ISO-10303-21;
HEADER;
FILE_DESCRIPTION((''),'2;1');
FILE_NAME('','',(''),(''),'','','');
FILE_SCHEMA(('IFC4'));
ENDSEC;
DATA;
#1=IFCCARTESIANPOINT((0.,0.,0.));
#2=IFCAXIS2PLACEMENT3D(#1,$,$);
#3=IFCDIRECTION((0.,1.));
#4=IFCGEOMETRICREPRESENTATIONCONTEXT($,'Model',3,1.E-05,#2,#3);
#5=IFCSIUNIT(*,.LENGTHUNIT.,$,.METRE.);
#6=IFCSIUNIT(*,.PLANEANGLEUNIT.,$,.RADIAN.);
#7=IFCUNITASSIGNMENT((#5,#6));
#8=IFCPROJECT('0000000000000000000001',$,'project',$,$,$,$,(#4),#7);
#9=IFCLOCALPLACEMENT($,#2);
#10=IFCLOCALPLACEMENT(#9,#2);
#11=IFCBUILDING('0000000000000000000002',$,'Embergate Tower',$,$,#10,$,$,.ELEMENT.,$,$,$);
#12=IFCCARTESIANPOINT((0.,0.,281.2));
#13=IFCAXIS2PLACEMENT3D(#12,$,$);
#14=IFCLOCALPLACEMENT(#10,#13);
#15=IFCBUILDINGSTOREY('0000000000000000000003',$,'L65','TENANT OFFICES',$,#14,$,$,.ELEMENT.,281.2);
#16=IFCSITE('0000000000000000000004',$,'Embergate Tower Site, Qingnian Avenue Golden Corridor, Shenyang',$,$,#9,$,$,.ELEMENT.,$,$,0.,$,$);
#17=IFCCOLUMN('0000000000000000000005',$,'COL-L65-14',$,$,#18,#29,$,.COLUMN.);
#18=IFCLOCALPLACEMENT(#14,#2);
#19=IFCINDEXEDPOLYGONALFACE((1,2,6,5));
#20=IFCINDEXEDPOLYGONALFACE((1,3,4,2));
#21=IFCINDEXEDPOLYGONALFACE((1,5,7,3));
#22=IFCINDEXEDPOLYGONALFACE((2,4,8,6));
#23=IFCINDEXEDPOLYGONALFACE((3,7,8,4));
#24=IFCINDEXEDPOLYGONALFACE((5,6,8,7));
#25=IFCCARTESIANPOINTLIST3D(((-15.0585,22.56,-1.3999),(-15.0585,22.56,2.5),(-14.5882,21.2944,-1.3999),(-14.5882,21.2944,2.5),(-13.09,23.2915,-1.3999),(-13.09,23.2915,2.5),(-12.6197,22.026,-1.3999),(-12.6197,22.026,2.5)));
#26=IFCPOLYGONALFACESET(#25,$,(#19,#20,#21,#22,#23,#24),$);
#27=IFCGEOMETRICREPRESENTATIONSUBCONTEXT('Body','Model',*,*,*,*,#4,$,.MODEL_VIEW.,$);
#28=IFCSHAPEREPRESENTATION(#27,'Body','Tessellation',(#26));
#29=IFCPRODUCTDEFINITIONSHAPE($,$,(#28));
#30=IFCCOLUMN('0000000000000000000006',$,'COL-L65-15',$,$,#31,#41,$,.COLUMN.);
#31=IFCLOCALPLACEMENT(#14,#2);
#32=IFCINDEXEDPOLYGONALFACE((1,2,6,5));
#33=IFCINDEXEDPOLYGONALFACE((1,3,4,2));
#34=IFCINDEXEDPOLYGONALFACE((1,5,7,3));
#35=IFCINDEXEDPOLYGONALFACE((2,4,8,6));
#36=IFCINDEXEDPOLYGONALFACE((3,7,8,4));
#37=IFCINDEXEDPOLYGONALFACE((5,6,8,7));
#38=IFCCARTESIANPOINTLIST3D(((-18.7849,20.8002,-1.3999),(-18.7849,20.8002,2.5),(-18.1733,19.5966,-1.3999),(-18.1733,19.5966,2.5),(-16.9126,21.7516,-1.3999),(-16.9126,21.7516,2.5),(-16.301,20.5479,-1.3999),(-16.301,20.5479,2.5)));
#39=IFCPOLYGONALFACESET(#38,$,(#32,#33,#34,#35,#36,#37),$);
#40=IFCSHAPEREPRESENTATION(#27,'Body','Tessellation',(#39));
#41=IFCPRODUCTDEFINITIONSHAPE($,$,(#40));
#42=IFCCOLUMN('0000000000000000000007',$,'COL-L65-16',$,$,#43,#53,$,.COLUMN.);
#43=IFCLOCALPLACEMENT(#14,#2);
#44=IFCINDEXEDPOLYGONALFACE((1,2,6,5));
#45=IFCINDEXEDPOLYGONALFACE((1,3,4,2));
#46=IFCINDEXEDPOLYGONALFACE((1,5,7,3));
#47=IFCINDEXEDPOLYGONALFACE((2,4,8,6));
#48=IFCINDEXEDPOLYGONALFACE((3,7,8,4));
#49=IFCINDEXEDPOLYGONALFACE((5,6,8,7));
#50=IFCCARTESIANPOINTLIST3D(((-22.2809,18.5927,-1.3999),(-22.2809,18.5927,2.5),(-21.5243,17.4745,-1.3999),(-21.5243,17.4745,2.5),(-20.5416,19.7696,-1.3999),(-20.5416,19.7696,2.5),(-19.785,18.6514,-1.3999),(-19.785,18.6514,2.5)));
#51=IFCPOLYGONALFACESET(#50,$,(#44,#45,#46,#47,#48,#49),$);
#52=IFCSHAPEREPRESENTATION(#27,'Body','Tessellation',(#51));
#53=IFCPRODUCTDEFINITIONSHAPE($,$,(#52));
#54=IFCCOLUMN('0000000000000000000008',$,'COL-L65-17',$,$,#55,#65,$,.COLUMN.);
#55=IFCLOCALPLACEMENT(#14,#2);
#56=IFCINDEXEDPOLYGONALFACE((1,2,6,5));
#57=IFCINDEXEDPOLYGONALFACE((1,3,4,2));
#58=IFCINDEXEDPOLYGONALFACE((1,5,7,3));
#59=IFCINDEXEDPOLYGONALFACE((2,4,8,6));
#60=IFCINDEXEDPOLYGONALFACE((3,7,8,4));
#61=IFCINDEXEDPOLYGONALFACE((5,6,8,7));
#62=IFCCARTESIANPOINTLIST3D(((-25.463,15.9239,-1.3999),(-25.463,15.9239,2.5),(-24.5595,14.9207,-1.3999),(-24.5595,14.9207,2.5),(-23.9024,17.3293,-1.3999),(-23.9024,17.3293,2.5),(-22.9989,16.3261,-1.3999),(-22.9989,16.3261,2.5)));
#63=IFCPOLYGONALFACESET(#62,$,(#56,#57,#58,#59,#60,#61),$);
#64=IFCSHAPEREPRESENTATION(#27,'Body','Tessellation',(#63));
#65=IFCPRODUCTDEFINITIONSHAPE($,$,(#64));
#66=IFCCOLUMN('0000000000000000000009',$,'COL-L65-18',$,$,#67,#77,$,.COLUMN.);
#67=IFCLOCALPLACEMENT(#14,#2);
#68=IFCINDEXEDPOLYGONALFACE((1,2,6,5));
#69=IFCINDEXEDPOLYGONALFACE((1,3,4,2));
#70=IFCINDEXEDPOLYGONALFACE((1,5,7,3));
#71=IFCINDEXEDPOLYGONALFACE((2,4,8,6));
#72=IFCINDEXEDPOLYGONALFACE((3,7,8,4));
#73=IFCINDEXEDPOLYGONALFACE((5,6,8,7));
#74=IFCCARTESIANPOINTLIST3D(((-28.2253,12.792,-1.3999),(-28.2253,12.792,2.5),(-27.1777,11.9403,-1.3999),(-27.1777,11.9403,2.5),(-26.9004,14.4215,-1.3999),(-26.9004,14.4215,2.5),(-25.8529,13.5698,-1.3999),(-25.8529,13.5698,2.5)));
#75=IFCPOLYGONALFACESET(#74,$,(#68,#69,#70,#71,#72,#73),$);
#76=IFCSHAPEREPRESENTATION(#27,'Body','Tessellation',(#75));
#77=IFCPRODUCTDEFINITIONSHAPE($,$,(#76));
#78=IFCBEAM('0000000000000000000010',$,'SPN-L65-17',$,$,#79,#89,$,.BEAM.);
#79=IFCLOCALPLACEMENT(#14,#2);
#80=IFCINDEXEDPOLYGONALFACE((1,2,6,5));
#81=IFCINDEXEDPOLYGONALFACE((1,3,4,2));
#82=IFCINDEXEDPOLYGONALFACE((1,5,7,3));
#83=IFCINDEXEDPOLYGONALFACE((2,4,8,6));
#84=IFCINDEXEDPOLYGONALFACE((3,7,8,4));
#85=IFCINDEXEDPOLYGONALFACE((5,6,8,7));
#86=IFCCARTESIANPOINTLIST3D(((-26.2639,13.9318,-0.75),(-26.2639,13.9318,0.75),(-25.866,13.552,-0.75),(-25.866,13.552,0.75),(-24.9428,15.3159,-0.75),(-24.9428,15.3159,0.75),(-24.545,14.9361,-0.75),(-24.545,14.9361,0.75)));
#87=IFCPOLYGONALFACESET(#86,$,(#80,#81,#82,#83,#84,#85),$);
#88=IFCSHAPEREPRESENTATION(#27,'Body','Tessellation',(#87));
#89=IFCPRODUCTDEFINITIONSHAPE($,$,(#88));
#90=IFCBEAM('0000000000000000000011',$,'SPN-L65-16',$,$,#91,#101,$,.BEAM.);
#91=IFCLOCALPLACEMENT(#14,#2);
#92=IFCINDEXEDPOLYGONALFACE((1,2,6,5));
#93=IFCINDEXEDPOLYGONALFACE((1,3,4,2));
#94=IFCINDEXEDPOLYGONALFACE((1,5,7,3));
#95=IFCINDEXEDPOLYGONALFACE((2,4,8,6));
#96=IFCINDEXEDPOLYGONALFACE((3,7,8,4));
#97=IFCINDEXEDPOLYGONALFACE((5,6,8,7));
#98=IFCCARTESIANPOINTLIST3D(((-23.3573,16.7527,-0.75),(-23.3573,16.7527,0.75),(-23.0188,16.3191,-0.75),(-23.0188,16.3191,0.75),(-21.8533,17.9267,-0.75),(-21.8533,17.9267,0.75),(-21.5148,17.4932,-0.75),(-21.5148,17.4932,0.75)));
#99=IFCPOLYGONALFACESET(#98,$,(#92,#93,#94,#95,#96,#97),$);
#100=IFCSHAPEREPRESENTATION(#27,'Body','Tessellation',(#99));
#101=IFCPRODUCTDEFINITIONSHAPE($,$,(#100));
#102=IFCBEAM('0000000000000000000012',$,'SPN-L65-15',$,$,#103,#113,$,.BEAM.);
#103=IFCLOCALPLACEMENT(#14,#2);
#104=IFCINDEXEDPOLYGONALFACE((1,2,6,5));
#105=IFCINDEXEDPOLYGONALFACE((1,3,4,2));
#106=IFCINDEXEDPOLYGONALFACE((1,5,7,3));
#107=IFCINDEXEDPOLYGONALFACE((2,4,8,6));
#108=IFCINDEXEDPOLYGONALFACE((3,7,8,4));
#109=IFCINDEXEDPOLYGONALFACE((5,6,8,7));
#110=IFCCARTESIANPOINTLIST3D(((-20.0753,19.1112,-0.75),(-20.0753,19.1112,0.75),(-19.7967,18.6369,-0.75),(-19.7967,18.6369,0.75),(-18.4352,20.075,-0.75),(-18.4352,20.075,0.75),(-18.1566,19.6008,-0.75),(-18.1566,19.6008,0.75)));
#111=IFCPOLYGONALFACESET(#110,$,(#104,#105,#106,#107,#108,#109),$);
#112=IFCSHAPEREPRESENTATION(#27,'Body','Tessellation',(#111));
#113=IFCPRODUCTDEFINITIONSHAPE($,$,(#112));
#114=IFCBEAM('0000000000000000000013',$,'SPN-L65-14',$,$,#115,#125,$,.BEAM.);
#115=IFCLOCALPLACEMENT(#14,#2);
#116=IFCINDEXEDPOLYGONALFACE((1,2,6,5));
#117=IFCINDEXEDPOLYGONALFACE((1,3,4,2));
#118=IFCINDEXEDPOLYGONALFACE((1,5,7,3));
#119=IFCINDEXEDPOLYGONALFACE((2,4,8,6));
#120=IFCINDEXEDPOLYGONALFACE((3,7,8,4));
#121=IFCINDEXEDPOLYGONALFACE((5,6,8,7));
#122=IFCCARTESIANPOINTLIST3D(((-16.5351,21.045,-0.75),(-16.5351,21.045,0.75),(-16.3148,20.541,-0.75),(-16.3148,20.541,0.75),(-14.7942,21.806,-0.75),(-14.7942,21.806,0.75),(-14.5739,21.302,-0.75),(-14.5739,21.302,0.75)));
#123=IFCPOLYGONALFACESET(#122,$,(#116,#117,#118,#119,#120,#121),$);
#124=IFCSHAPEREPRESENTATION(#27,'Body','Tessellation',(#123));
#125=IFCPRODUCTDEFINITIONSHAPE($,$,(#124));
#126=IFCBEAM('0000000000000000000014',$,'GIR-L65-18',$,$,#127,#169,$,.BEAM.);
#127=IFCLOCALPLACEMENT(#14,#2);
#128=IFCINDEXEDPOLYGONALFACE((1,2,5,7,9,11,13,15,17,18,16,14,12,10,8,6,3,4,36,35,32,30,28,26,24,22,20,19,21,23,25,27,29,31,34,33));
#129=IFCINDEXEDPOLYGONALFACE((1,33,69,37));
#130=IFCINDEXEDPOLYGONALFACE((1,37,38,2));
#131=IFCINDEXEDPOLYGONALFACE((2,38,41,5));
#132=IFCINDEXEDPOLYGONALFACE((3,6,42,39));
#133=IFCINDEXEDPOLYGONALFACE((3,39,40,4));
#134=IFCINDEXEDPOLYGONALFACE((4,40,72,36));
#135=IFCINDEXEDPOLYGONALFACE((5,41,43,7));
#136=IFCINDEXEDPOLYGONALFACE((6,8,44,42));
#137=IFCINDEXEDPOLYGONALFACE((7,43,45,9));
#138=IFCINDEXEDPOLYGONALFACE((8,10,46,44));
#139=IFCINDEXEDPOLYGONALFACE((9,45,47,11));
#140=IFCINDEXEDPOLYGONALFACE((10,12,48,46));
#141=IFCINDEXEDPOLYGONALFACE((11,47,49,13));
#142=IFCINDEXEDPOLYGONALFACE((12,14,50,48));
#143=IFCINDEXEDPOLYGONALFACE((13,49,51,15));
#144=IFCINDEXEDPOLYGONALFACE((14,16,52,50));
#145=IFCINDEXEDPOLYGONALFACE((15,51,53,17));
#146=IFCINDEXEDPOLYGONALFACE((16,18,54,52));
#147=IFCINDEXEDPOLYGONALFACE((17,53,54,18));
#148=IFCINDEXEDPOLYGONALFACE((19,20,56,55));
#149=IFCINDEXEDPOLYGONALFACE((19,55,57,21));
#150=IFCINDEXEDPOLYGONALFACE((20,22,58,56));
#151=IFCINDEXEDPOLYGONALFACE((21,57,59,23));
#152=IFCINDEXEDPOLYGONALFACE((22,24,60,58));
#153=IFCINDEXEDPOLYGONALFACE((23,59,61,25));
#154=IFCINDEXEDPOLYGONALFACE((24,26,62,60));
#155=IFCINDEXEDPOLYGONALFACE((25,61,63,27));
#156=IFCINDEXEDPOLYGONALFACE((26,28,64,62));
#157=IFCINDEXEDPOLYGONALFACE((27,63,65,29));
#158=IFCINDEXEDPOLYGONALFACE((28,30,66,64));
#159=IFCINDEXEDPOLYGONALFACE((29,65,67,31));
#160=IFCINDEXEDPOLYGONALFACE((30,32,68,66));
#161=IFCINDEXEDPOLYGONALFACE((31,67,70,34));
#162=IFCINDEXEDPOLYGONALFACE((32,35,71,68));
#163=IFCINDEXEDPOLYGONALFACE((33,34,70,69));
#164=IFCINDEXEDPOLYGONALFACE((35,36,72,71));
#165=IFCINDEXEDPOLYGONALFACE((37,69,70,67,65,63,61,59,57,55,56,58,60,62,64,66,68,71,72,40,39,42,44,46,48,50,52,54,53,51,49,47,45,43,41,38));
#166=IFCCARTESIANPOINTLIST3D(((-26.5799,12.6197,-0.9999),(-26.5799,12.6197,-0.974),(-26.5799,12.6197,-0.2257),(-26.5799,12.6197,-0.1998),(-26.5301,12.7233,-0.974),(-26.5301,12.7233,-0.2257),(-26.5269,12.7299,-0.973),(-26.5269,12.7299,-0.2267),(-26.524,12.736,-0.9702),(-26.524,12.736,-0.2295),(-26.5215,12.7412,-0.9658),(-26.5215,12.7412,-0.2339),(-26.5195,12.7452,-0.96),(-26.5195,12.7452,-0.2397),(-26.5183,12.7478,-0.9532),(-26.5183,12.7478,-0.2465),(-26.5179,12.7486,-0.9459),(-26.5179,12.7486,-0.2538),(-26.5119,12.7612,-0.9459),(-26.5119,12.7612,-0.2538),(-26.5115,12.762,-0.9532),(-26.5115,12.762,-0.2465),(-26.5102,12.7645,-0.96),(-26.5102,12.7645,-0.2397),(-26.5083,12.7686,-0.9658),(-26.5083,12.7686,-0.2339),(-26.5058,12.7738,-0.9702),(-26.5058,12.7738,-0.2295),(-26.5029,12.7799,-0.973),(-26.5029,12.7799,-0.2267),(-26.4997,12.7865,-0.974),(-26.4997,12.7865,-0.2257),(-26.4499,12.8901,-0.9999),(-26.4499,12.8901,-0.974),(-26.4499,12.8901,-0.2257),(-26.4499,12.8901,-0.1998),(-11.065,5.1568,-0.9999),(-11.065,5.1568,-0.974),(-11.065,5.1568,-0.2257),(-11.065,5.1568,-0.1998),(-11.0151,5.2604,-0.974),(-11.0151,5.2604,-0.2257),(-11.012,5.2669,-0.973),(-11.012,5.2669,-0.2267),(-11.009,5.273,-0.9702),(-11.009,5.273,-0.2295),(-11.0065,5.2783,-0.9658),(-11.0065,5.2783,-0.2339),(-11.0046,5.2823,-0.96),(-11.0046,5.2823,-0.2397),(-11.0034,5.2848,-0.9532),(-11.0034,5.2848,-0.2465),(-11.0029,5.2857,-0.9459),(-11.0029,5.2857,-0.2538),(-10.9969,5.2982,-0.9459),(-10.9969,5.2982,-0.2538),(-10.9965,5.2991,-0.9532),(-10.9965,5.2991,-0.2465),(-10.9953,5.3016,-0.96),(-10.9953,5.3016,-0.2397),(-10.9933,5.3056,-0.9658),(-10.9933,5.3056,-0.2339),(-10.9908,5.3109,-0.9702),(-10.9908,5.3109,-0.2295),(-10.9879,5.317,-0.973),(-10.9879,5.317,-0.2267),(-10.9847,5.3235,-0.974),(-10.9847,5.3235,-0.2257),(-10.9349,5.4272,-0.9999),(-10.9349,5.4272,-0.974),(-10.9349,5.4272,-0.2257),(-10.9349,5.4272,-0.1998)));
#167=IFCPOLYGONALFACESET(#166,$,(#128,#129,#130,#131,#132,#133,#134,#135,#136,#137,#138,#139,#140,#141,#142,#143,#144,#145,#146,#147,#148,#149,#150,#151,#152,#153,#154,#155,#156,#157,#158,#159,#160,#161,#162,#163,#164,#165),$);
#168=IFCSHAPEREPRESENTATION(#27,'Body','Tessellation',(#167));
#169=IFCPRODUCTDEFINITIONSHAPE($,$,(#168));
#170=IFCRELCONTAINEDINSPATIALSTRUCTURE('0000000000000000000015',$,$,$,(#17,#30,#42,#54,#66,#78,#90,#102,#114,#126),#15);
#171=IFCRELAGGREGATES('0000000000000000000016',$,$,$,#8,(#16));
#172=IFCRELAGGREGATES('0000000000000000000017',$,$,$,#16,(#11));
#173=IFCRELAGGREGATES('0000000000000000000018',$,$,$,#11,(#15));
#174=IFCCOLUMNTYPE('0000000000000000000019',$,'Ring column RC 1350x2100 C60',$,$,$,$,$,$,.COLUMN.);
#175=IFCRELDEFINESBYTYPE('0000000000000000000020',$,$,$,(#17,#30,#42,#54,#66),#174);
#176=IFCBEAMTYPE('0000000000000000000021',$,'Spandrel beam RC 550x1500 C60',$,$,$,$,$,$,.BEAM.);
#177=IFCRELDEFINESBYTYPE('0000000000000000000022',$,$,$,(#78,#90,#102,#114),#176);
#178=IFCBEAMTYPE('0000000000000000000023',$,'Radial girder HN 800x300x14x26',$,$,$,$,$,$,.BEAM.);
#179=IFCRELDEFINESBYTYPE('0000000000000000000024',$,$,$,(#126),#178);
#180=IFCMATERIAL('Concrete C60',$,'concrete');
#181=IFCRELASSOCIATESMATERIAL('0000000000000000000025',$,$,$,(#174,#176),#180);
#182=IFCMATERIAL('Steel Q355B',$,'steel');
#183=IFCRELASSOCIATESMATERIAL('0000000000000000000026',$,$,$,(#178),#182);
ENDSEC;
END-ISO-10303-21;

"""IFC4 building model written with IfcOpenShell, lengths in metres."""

from ifc_helpers import new_model, si_unit, direction, frame, origin, origin_2d, place, context, subcontext, project, spatial, rectangle, i_section, extrude, source, transform, mapped, material, material_profile, profile_set, type_object, element, save


model = new_model("IFC4")

# Units and contexts
model_context = context("Model", 3, precision=1e-05, world=origin(), true_north=direction((0.0, 1.0)))
body_context = subcontext(model_context, "Body", "Model", "MODEL_VIEW")
ifc_project = project(units=[si_unit("LENGTHUNIT", "METRE"), si_unit("PLANEANGLEUNIT", "RADIAN")], contexts=[model_context])

# Site, building, storey
site_placement = place(None, origin())
site = spatial("IfcSite", under=ifc_project, at=site_placement, Name="Embergate Tower Site, Qingnian Avenue Golden Corridor, Shenyang", CompositionType="ELEMENT", RefElevation=0.0)
building_placement = place(site_placement, origin())
building = spatial("IfcBuilding", under=site, at=building_placement, Name="Embergate Tower", CompositionType="ELEMENT")
storey_placement = place(building_placement, frame((0.0, 0.0, 281.2)))
storey = spatial("IfcBuildingStorey", under=building, at=storey_placement, Name="L65", Description="TENANT OFFICES", CompositionType="ELEMENT", Elevation=281.2)

# Columns
ifc_material_1 = material(Name="Concrete C60", Category="concrete")
ifc_material_profile_1 = material_profile(ifc_material_1, rectangle(XDim=1.3501, YDim=2.1001, at=origin_2d()), Name="RC 1350x2100")
ifc_profile_set_1 = profile_set([ifc_material_profile_1], Name="Concrete C60")
column_type = type_object("IfcColumnType", Name="Ring column RC 1350x2100 C60", PredefinedType="COLUMN", material=ifc_profile_set_1)
shared_shape_1 = source(origin(), body_context, "Body", "SweptSolid", [
    extrude(rectangle(XDim=1.3501, YDim=2.1001, at=origin_2d()), origin(), (0.0, 0.0, 1.0), 3.8999),
])
for number, where, z_axis, x_axis, name in (
    (1, (-13.8391, 22.293, -1.3999), (0.0, 0.0, 1.0), (-0.348343, 0.937367, 0.0), "COL-L65-14"),
    (2, (-17.543, 20.6741, -1.3999), (0.0, 0.0, 1.0), (-0.452995, 0.891513, 0.0), "COL-L65-15"),
    (3, (-21.033, 18.6221, -1.3999), (0.0, 0.0, 1.0), (-0.560393, 0.828227, 0.0), "COL-L65-16"),
    (4, (-24.231, 16.125, -1.3999), (0.0, 0.0, 1.0), (-0.669208, 0.743075, 0.0), "COL-L65-17"),
    (5, (-27.0391, 13.1809, -1.3999), (0.0, 0.0, 1.0), (-0.775914, 0.630838, 0.0), "COL-L65-18"),
):
    element("IfcColumn", number, at=place(storey_placement, frame(where, z_axis=z_axis, x_axis=x_axis)), inside=storey, type_object=column_type, Name=name, PredefinedType="COLUMN", context=body_context, shape_type="MappedRepresentation", body=[
        mapped(shared_shape_1, transform((0.0, 0.0, 0.0))),
    ])

# Beams
ifc_material_profile_2 = material_profile(ifc_material_1, rectangle(XDim=0.55, YDim=1.5, at=origin_2d()), Name="RC 550x1500")
ifc_profile_set_2 = profile_set([ifc_material_profile_2], Name="Concrete C60")
beam_type_1 = type_object("IfcBeamType", Name="Spandrel beam RC 550x1500 C60", PredefinedType="BEAM", material=ifc_profile_set_2)
shared_shape_2 = source(origin(), body_context, "Body", "SweptSolid", [
    extrude(rectangle(XDim=0.55, YDim=1.5, at=origin_2d()), origin(), (0.0, 0.0, 1.0), 1.9133),
])
beam_1_placement = place(storey_placement, frame((-24.7439, 15.126, 0.0), z_axis=(-0.690455, -0.723376, 0.0), x_axis=(0.723376, -0.690455, 0.0)))
element("IfcBeam", 6, at=beam_1_placement, inside=storey, type_object=beam_type_1, Name="SPN-L65-17", PredefinedType="BEAM", context=body_context, shape_type="MappedRepresentation", body=[
    mapped(shared_shape_2, transform((0.0, 0.0, 0.0))),
])
shared_shape_3 = source(origin(), body_context, "Body", "SweptSolid", [
    extrude(rectangle(XDim=0.55, YDim=1.5, at=origin_2d()), origin(), (0.0, 0.0, 1.0), 1.908),
])
beam_2_placement = place(storey_placement, frame((-21.6841, 17.71, 0.0), z_axis=(-0.788242, -0.615366, 0.0), x_axis=(0.615366, -0.788242, 0.0)))
element("IfcBeam", 7, at=beam_2_placement, inside=storey, type_object=beam_type_1, Name="SPN-L65-16", PredefinedType="BEAM", context=body_context, shape_type="MappedRepresentation", body=[
    mapped(shared_shape_3, transform((0.0, 0.0, 0.0))),
])
shared_shape_4 = source(origin(), body_context, "Body", "SweptSolid", [
    extrude(rectangle(XDim=0.55, YDim=1.5, at=origin_2d()), origin(), (0.0, 0.0, 1.0), 1.9023),
])
beam_3_placement = place(storey_placement, frame((-18.2959, 19.8379, 0.0), z_axis=(-0.862145, -0.506661, 0.0), x_axis=(0.506661, -0.862145, 0.0)))
element("IfcBeam", 8, at=beam_3_placement, inside=storey, type_object=beam_type_1, Name="SPN-L65-15", PredefinedType="BEAM", context=body_context, shape_type="MappedRepresentation", body=[
    mapped(shared_shape_4, transform((0.0, 0.0, 0.0))),
])
shared_shape_5 = source(origin(), body_context, "Body", "SweptSolid", [
    extrude(rectangle(XDim=0.55, YDim=1.5, at=origin_2d()), origin(), (0.0, 0.0, 1.0), 1.8999),
])
beam_4_placement = place(storey_placement, frame((-14.6841, 21.554, 0.0), z_axis=(-0.91629, -0.400515, 0.0), x_axis=(0.400515, -0.91629, 0.0)))
element("IfcBeam", 9, at=beam_4_placement, inside=storey, type_object=beam_type_1, Name="SPN-L65-14", PredefinedType="BEAM", context=body_context, shape_type="MappedRepresentation", body=[
    mapped(shared_shape_5, transform((0.0, 0.0, 0.0))),
])
ifc_material_2 = material(Name="Steel Q355B", Category="steel")
ifc_material_profile_3 = material_profile(ifc_material_2, i_section(OverallWidth=0.3, OverallDepth=0.8, WebThickness=0.0139, FlangeThickness=0.0259, FilletRadius=0.0281, at=origin_2d()), Name="HN 800x300x14x26")
ifc_profile_set_3 = profile_set([ifc_material_profile_3], Name="Steel Q355 grade B")
beam_type_2 = type_object("IfcBeamType", Name="Radial girder HN 800x300x14x26", PredefinedType="BEAM", material=ifc_profile_set_3)
shared_shape_6 = source(origin(), body_context, "Body", "SweptSolid", [
    extrude(i_section(OverallWidth=0.3, OverallDepth=0.8, WebThickness=0.0139, FlangeThickness=0.0259, FilletRadius=0.0281, at=origin_2d()), origin(), (0.0, 0.0, 1.0), 17.2166),
])
beam_5_placement = place(storey_placement, frame((-26.5149, 12.7549, -0.5999), z_axis=(0.901166, -0.433474, 0.0), x_axis=(0.433474, 0.901166, 0.0)))
element("IfcBeam", 10, at=beam_5_placement, inside=storey, type_object=beam_type_2, Name="GIR-L65-18", PredefinedType="BEAM", context=body_context, shape_type="MappedRepresentation", body=[
    mapped(shared_shape_6, transform((0.0, 0.0, 0.0))),
])

save(model, "model.ifc")
